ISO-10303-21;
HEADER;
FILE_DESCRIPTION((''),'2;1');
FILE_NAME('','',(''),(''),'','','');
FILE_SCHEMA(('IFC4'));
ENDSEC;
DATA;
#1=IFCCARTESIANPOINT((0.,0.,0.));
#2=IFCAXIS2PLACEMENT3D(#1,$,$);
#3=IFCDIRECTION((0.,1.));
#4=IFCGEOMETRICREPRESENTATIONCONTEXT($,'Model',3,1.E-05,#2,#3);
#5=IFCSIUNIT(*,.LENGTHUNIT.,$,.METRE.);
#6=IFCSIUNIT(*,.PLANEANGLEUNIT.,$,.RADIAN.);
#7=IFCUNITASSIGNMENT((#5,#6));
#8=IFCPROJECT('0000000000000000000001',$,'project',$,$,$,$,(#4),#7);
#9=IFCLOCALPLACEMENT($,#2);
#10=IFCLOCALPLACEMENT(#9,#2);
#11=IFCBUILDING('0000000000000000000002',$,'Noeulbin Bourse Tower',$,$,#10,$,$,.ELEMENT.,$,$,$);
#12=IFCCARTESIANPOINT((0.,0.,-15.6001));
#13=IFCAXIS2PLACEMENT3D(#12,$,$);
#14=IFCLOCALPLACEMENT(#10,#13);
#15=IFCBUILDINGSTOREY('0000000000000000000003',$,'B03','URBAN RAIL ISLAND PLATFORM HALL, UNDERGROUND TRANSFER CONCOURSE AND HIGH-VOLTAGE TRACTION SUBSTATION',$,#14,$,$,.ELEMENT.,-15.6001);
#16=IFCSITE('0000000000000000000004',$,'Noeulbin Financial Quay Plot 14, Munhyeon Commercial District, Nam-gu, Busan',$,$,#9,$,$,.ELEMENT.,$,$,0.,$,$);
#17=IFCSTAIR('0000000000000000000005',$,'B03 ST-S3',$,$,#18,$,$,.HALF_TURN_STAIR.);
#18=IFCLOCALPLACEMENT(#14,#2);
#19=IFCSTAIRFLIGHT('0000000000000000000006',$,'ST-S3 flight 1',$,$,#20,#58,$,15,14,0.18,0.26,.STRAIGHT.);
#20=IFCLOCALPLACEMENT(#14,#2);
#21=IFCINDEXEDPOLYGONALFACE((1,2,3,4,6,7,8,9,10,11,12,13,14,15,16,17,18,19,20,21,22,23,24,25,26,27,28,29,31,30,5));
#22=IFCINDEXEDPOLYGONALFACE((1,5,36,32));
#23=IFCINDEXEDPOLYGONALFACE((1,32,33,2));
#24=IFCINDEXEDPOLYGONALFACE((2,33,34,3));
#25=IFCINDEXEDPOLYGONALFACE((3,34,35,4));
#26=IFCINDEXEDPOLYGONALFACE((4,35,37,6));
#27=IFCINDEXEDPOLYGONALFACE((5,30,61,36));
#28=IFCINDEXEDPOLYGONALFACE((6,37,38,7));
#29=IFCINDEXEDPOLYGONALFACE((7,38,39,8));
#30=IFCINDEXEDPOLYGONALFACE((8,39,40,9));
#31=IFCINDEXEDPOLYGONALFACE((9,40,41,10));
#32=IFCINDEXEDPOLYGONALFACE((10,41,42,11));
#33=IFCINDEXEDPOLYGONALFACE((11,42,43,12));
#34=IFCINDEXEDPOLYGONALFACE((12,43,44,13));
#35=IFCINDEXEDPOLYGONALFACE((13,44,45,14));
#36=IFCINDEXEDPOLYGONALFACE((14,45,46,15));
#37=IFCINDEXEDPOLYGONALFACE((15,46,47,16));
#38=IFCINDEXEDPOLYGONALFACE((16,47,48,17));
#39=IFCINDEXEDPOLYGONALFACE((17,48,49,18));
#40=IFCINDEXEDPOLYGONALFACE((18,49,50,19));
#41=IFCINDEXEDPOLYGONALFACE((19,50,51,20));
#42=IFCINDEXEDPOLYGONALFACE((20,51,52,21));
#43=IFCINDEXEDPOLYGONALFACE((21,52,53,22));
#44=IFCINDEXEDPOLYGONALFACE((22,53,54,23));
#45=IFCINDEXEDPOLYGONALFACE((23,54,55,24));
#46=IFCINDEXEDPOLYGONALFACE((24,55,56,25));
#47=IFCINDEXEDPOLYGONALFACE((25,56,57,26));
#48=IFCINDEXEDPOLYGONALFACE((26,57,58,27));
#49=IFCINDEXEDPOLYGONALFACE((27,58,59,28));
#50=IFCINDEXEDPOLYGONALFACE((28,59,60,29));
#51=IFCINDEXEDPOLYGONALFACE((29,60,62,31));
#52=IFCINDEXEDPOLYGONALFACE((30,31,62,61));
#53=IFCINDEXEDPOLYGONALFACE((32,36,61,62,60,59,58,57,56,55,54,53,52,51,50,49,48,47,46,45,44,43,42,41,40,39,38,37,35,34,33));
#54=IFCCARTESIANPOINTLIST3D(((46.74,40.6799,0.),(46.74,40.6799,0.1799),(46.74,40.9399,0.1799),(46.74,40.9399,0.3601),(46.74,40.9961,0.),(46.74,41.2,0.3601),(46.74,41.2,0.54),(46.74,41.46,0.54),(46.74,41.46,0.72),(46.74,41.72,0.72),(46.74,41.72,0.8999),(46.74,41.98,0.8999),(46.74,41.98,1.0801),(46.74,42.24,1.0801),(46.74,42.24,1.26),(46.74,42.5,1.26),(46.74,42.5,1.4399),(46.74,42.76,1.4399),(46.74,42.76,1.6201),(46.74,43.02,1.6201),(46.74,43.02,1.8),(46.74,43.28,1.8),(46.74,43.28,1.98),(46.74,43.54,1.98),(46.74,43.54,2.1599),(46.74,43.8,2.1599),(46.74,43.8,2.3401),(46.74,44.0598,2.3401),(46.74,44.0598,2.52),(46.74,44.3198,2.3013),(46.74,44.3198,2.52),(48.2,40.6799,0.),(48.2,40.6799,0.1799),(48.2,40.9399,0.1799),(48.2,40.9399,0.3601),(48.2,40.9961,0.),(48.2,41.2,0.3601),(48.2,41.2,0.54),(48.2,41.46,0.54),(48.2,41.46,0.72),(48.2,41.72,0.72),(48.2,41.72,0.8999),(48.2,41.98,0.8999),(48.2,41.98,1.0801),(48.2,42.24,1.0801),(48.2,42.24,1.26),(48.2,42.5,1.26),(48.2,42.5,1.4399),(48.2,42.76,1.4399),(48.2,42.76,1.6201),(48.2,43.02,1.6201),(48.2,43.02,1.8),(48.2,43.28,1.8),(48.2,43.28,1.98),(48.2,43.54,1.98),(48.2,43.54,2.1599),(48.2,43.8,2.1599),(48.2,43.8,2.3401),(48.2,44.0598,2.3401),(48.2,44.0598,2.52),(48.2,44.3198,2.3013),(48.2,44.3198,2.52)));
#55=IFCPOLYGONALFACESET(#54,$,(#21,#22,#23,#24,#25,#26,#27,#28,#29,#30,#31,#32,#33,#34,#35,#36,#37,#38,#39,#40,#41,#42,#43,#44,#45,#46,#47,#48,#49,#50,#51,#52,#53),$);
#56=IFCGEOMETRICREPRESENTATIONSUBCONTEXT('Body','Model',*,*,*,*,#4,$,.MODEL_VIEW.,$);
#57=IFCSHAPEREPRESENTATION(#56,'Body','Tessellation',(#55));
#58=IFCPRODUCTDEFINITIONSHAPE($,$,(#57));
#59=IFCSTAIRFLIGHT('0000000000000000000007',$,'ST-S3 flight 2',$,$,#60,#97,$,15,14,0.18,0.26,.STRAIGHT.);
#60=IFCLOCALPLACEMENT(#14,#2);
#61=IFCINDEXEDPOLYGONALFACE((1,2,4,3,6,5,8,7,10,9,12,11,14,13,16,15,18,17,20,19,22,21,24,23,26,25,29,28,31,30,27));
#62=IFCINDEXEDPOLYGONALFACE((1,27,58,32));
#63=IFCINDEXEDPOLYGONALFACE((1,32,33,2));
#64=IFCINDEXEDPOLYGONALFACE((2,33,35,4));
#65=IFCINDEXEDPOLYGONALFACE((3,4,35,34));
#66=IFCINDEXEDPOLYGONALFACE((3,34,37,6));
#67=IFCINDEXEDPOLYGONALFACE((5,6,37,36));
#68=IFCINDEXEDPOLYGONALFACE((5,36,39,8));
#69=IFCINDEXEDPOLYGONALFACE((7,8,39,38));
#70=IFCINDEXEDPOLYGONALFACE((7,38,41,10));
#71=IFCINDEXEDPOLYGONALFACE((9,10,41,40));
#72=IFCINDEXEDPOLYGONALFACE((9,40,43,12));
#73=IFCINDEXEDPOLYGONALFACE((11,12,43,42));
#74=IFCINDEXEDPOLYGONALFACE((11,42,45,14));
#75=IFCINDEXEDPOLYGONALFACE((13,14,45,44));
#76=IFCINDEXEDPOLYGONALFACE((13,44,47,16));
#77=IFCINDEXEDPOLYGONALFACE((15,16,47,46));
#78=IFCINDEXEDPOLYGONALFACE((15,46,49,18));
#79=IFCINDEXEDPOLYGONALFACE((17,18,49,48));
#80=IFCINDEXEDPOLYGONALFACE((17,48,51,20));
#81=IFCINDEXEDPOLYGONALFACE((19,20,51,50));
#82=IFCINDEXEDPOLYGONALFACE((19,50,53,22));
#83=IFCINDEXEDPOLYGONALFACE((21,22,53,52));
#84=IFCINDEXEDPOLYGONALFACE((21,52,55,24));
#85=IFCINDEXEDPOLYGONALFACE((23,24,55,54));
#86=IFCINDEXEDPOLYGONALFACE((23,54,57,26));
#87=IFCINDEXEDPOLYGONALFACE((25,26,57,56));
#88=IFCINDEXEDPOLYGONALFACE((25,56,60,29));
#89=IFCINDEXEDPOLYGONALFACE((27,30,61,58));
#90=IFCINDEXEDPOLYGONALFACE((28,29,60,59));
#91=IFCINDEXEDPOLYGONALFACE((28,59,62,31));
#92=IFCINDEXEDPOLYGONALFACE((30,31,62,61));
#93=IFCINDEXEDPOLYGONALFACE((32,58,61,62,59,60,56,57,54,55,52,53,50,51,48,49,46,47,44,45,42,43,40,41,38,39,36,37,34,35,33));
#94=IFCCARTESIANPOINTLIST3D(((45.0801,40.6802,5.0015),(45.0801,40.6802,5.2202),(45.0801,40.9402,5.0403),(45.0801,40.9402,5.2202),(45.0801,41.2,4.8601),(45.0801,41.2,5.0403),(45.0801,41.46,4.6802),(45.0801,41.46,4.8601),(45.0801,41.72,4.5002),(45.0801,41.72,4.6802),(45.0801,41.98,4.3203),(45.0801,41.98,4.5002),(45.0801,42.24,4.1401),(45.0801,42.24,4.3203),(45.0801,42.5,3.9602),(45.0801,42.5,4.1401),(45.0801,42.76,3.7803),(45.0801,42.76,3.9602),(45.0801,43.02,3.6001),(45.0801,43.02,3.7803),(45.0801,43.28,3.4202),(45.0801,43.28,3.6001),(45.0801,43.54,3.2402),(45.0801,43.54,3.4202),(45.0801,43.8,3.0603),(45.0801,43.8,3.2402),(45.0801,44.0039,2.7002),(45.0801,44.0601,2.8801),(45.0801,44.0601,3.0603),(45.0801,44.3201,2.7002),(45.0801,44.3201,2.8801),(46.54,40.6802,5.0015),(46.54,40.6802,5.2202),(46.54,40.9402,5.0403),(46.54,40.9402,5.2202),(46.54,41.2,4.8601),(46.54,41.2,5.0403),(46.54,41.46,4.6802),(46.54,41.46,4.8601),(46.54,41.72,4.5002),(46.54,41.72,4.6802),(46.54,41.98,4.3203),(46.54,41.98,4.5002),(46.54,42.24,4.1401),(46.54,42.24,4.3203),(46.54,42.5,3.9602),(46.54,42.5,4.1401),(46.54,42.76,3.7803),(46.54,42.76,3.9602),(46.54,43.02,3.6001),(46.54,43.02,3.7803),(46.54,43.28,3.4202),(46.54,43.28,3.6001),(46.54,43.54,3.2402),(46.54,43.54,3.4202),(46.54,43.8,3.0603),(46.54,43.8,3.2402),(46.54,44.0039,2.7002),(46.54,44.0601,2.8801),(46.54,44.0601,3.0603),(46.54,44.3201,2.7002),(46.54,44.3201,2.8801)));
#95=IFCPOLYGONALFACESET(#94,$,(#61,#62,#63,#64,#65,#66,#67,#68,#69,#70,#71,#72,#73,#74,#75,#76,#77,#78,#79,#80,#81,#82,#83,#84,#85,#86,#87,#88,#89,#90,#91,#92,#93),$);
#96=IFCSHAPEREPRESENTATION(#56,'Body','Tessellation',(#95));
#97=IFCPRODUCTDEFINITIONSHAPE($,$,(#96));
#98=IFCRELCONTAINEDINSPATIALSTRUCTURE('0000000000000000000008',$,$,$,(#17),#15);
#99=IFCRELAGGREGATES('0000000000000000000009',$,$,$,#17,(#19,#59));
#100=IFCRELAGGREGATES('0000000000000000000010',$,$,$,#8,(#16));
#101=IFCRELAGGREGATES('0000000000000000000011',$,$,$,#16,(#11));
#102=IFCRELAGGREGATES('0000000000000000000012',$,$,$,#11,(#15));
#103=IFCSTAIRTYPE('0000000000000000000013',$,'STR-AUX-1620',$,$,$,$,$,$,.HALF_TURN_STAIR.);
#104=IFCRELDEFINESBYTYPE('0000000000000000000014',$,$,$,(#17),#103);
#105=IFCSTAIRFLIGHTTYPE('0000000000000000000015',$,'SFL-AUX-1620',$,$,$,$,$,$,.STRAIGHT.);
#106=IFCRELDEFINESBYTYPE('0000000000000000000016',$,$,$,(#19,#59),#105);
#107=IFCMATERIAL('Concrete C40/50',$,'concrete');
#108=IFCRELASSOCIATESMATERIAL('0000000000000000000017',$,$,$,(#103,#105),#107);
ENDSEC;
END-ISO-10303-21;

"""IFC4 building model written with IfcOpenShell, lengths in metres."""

from ifc_helpers import new_model, si_unit, direction, frame, origin, place, context, subcontext, project, spatial, polyline, outline, extrude, material, type_object, element, aggregate, save


model = new_model("IFC4")

# Units and contexts
model_context = context("Model", 3, precision=1e-05, world=origin(), true_north=direction((0.0, 1.0)))
body_context = subcontext(model_context, "Body", "Model", "MODEL_VIEW")
ifc_project = project(units=[si_unit("LENGTHUNIT", "METRE"), si_unit("PLANEANGLEUNIT", "RADIAN")], contexts=[model_context])

# Site, building, storey
site_placement = place(None, origin())
site = spatial("IfcSite", under=ifc_project, at=site_placement, Name="Noeulbin Financial Quay Plot 14, Munhyeon Commercial District, Nam-gu, Busan", CompositionType="ELEMENT", RefElevation=0.0)
building_placement = place(site_placement, origin())
building = spatial("IfcBuilding", under=site, at=building_placement, Name="Noeulbin Bourse Tower", CompositionType="ELEMENT")
storey_placement = place(building_placement, frame((0.0, 0.0, -15.6001)))
storey = spatial("IfcBuildingStorey", under=building, at=storey_placement, Name="B03", Description="URBAN RAIL ISLAND PLATFORM HALL, UNDERGROUND TRANSFER CONCOURSE AND HIGH-VOLTAGE TRACTION SUBSTATION", CompositionType="ELEMENT", Elevation=-15.6001)

# Shared definitions
ifc_material_1 = material(Name="Concrete C40/50", Category="concrete")

# Stair, stair flights
stair_type = type_object("IfcStairType", Name="STR-AUX-1620", PredefinedType="HALF_TURN_STAIR", material=ifc_material_1)
stair_placement = place(storey_placement, origin())
stair = element("IfcStair", 1, at=stair_placement, inside=storey, type_object=stair_type, Name="B03 ST-S3", PredefinedType="HALF_TURN_STAIR")
stair_flight_type = type_object("IfcStairFlightType", Name="SFL-AUX-1620", PredefinedType="STRAIGHT", material=ifc_material_1)
stair_flight_1_placement = place(storey_placement, frame((47.47, 40.6799, 0.0), z_axis=(0.0, 0.0, 1.0), x_axis=(0.0, 1.0, 0.0)))
stair_flight_1 = element("IfcStairFlight", 2, at=stair_flight_1_placement, type_object=stair_flight_type, Name="ST-S3 flight 1", NumberOfRisers=15, NumberOfTreads=14, PredefinedType="STRAIGHT", RiserHeight=0.18, TreadLength=0.26, context=body_context, shape_type="SweptSolid", body=[
    extrude(outline(polyline([(0.0, 0.0), (0.0, 0.1799), (0.26, 0.1799), (0.26, 0.3601), (0.52, 0.3601), (0.52, 0.54), (0.78, 0.54), (0.78, 0.72), (1.04, 0.72), (1.04, 0.8999), (1.3, 0.8999), (1.3, 1.0801), (1.5601, 1.0801), (1.5601, 1.26), (1.8201, 1.26), (1.8201, 1.4399), (2.0801, 1.4399), (2.0801, 1.6201), (2.3401, 1.6201), (2.3401, 1.8), (2.6001, 1.8), (2.6001, 1.98), (2.8601, 1.98), (2.8601, 2.1599), (3.1201, 2.1599), (3.1201, 2.3401), (3.3799, 2.3401), (3.3799, 2.52), (3.6399, 2.52), (3.6399, 2.7), (3.6399, 2.3013), (0.3162, 0.0), (0.0, 0.0)])), frame((0.0, 0.73, 0.0), z_axis=(0.0, -1.0, 0.0), x_axis=(1.0, 0.0, 0.0)), (0.0, 0.0, 1.0), 1.46),
])
stair_flight_2_placement = place(storey_placement, frame((45.8101, 44.3201, 2.7002), z_axis=(0.0, 0.0, 1.0), x_axis=(0.0, -1.0, 0.0)))
stair_flight_2 = element("IfcStairFlight", 3, at=stair_flight_2_placement, type_object=stair_flight_type, Name="ST-S3 flight 2", NumberOfRisers=15, NumberOfTreads=14, PredefinedType="STRAIGHT", RiserHeight=0.18, TreadLength=0.26, context=body_context, shape_type="SweptSolid", body=[
    extrude(outline(polyline([(0.0, 0.0), (0.0, 0.1799), (0.26, 0.1799), (0.26, 0.3601), (0.52, 0.3601), (0.52, 0.54), (0.78, 0.54), (0.78, 0.72), (1.04, 0.72), (1.04, 0.8999), (1.3, 0.8999), (1.3, 1.0801), (1.5601, 1.0801), (1.5601, 1.26), (1.8201, 1.26), (1.8201, 1.4399), (2.0801, 1.4399), (2.0801, 1.6201), (2.3401, 1.6201), (2.3401, 1.8), (2.6001, 1.8), (2.6001, 1.98), (2.8601, 1.98), (2.8601, 2.1599), (3.1201, 2.1599), (3.1201, 2.3401), (3.3799, 2.3401), (3.3799, 2.52), (3.6399, 2.52), (3.6399, 2.7), (3.6399, 2.3013), (0.3162, 0.0), (0.0, 0.0)])), frame((0.0, 0.73, 0.0), z_axis=(0.0, -1.0, 0.0), x_axis=(1.0, 0.0, 0.0)), (0.0, 0.0, 1.0), 1.46),
])
aggregate(stair, [stair_flight_1, stair_flight_2])

save(model, "model.ifc")
